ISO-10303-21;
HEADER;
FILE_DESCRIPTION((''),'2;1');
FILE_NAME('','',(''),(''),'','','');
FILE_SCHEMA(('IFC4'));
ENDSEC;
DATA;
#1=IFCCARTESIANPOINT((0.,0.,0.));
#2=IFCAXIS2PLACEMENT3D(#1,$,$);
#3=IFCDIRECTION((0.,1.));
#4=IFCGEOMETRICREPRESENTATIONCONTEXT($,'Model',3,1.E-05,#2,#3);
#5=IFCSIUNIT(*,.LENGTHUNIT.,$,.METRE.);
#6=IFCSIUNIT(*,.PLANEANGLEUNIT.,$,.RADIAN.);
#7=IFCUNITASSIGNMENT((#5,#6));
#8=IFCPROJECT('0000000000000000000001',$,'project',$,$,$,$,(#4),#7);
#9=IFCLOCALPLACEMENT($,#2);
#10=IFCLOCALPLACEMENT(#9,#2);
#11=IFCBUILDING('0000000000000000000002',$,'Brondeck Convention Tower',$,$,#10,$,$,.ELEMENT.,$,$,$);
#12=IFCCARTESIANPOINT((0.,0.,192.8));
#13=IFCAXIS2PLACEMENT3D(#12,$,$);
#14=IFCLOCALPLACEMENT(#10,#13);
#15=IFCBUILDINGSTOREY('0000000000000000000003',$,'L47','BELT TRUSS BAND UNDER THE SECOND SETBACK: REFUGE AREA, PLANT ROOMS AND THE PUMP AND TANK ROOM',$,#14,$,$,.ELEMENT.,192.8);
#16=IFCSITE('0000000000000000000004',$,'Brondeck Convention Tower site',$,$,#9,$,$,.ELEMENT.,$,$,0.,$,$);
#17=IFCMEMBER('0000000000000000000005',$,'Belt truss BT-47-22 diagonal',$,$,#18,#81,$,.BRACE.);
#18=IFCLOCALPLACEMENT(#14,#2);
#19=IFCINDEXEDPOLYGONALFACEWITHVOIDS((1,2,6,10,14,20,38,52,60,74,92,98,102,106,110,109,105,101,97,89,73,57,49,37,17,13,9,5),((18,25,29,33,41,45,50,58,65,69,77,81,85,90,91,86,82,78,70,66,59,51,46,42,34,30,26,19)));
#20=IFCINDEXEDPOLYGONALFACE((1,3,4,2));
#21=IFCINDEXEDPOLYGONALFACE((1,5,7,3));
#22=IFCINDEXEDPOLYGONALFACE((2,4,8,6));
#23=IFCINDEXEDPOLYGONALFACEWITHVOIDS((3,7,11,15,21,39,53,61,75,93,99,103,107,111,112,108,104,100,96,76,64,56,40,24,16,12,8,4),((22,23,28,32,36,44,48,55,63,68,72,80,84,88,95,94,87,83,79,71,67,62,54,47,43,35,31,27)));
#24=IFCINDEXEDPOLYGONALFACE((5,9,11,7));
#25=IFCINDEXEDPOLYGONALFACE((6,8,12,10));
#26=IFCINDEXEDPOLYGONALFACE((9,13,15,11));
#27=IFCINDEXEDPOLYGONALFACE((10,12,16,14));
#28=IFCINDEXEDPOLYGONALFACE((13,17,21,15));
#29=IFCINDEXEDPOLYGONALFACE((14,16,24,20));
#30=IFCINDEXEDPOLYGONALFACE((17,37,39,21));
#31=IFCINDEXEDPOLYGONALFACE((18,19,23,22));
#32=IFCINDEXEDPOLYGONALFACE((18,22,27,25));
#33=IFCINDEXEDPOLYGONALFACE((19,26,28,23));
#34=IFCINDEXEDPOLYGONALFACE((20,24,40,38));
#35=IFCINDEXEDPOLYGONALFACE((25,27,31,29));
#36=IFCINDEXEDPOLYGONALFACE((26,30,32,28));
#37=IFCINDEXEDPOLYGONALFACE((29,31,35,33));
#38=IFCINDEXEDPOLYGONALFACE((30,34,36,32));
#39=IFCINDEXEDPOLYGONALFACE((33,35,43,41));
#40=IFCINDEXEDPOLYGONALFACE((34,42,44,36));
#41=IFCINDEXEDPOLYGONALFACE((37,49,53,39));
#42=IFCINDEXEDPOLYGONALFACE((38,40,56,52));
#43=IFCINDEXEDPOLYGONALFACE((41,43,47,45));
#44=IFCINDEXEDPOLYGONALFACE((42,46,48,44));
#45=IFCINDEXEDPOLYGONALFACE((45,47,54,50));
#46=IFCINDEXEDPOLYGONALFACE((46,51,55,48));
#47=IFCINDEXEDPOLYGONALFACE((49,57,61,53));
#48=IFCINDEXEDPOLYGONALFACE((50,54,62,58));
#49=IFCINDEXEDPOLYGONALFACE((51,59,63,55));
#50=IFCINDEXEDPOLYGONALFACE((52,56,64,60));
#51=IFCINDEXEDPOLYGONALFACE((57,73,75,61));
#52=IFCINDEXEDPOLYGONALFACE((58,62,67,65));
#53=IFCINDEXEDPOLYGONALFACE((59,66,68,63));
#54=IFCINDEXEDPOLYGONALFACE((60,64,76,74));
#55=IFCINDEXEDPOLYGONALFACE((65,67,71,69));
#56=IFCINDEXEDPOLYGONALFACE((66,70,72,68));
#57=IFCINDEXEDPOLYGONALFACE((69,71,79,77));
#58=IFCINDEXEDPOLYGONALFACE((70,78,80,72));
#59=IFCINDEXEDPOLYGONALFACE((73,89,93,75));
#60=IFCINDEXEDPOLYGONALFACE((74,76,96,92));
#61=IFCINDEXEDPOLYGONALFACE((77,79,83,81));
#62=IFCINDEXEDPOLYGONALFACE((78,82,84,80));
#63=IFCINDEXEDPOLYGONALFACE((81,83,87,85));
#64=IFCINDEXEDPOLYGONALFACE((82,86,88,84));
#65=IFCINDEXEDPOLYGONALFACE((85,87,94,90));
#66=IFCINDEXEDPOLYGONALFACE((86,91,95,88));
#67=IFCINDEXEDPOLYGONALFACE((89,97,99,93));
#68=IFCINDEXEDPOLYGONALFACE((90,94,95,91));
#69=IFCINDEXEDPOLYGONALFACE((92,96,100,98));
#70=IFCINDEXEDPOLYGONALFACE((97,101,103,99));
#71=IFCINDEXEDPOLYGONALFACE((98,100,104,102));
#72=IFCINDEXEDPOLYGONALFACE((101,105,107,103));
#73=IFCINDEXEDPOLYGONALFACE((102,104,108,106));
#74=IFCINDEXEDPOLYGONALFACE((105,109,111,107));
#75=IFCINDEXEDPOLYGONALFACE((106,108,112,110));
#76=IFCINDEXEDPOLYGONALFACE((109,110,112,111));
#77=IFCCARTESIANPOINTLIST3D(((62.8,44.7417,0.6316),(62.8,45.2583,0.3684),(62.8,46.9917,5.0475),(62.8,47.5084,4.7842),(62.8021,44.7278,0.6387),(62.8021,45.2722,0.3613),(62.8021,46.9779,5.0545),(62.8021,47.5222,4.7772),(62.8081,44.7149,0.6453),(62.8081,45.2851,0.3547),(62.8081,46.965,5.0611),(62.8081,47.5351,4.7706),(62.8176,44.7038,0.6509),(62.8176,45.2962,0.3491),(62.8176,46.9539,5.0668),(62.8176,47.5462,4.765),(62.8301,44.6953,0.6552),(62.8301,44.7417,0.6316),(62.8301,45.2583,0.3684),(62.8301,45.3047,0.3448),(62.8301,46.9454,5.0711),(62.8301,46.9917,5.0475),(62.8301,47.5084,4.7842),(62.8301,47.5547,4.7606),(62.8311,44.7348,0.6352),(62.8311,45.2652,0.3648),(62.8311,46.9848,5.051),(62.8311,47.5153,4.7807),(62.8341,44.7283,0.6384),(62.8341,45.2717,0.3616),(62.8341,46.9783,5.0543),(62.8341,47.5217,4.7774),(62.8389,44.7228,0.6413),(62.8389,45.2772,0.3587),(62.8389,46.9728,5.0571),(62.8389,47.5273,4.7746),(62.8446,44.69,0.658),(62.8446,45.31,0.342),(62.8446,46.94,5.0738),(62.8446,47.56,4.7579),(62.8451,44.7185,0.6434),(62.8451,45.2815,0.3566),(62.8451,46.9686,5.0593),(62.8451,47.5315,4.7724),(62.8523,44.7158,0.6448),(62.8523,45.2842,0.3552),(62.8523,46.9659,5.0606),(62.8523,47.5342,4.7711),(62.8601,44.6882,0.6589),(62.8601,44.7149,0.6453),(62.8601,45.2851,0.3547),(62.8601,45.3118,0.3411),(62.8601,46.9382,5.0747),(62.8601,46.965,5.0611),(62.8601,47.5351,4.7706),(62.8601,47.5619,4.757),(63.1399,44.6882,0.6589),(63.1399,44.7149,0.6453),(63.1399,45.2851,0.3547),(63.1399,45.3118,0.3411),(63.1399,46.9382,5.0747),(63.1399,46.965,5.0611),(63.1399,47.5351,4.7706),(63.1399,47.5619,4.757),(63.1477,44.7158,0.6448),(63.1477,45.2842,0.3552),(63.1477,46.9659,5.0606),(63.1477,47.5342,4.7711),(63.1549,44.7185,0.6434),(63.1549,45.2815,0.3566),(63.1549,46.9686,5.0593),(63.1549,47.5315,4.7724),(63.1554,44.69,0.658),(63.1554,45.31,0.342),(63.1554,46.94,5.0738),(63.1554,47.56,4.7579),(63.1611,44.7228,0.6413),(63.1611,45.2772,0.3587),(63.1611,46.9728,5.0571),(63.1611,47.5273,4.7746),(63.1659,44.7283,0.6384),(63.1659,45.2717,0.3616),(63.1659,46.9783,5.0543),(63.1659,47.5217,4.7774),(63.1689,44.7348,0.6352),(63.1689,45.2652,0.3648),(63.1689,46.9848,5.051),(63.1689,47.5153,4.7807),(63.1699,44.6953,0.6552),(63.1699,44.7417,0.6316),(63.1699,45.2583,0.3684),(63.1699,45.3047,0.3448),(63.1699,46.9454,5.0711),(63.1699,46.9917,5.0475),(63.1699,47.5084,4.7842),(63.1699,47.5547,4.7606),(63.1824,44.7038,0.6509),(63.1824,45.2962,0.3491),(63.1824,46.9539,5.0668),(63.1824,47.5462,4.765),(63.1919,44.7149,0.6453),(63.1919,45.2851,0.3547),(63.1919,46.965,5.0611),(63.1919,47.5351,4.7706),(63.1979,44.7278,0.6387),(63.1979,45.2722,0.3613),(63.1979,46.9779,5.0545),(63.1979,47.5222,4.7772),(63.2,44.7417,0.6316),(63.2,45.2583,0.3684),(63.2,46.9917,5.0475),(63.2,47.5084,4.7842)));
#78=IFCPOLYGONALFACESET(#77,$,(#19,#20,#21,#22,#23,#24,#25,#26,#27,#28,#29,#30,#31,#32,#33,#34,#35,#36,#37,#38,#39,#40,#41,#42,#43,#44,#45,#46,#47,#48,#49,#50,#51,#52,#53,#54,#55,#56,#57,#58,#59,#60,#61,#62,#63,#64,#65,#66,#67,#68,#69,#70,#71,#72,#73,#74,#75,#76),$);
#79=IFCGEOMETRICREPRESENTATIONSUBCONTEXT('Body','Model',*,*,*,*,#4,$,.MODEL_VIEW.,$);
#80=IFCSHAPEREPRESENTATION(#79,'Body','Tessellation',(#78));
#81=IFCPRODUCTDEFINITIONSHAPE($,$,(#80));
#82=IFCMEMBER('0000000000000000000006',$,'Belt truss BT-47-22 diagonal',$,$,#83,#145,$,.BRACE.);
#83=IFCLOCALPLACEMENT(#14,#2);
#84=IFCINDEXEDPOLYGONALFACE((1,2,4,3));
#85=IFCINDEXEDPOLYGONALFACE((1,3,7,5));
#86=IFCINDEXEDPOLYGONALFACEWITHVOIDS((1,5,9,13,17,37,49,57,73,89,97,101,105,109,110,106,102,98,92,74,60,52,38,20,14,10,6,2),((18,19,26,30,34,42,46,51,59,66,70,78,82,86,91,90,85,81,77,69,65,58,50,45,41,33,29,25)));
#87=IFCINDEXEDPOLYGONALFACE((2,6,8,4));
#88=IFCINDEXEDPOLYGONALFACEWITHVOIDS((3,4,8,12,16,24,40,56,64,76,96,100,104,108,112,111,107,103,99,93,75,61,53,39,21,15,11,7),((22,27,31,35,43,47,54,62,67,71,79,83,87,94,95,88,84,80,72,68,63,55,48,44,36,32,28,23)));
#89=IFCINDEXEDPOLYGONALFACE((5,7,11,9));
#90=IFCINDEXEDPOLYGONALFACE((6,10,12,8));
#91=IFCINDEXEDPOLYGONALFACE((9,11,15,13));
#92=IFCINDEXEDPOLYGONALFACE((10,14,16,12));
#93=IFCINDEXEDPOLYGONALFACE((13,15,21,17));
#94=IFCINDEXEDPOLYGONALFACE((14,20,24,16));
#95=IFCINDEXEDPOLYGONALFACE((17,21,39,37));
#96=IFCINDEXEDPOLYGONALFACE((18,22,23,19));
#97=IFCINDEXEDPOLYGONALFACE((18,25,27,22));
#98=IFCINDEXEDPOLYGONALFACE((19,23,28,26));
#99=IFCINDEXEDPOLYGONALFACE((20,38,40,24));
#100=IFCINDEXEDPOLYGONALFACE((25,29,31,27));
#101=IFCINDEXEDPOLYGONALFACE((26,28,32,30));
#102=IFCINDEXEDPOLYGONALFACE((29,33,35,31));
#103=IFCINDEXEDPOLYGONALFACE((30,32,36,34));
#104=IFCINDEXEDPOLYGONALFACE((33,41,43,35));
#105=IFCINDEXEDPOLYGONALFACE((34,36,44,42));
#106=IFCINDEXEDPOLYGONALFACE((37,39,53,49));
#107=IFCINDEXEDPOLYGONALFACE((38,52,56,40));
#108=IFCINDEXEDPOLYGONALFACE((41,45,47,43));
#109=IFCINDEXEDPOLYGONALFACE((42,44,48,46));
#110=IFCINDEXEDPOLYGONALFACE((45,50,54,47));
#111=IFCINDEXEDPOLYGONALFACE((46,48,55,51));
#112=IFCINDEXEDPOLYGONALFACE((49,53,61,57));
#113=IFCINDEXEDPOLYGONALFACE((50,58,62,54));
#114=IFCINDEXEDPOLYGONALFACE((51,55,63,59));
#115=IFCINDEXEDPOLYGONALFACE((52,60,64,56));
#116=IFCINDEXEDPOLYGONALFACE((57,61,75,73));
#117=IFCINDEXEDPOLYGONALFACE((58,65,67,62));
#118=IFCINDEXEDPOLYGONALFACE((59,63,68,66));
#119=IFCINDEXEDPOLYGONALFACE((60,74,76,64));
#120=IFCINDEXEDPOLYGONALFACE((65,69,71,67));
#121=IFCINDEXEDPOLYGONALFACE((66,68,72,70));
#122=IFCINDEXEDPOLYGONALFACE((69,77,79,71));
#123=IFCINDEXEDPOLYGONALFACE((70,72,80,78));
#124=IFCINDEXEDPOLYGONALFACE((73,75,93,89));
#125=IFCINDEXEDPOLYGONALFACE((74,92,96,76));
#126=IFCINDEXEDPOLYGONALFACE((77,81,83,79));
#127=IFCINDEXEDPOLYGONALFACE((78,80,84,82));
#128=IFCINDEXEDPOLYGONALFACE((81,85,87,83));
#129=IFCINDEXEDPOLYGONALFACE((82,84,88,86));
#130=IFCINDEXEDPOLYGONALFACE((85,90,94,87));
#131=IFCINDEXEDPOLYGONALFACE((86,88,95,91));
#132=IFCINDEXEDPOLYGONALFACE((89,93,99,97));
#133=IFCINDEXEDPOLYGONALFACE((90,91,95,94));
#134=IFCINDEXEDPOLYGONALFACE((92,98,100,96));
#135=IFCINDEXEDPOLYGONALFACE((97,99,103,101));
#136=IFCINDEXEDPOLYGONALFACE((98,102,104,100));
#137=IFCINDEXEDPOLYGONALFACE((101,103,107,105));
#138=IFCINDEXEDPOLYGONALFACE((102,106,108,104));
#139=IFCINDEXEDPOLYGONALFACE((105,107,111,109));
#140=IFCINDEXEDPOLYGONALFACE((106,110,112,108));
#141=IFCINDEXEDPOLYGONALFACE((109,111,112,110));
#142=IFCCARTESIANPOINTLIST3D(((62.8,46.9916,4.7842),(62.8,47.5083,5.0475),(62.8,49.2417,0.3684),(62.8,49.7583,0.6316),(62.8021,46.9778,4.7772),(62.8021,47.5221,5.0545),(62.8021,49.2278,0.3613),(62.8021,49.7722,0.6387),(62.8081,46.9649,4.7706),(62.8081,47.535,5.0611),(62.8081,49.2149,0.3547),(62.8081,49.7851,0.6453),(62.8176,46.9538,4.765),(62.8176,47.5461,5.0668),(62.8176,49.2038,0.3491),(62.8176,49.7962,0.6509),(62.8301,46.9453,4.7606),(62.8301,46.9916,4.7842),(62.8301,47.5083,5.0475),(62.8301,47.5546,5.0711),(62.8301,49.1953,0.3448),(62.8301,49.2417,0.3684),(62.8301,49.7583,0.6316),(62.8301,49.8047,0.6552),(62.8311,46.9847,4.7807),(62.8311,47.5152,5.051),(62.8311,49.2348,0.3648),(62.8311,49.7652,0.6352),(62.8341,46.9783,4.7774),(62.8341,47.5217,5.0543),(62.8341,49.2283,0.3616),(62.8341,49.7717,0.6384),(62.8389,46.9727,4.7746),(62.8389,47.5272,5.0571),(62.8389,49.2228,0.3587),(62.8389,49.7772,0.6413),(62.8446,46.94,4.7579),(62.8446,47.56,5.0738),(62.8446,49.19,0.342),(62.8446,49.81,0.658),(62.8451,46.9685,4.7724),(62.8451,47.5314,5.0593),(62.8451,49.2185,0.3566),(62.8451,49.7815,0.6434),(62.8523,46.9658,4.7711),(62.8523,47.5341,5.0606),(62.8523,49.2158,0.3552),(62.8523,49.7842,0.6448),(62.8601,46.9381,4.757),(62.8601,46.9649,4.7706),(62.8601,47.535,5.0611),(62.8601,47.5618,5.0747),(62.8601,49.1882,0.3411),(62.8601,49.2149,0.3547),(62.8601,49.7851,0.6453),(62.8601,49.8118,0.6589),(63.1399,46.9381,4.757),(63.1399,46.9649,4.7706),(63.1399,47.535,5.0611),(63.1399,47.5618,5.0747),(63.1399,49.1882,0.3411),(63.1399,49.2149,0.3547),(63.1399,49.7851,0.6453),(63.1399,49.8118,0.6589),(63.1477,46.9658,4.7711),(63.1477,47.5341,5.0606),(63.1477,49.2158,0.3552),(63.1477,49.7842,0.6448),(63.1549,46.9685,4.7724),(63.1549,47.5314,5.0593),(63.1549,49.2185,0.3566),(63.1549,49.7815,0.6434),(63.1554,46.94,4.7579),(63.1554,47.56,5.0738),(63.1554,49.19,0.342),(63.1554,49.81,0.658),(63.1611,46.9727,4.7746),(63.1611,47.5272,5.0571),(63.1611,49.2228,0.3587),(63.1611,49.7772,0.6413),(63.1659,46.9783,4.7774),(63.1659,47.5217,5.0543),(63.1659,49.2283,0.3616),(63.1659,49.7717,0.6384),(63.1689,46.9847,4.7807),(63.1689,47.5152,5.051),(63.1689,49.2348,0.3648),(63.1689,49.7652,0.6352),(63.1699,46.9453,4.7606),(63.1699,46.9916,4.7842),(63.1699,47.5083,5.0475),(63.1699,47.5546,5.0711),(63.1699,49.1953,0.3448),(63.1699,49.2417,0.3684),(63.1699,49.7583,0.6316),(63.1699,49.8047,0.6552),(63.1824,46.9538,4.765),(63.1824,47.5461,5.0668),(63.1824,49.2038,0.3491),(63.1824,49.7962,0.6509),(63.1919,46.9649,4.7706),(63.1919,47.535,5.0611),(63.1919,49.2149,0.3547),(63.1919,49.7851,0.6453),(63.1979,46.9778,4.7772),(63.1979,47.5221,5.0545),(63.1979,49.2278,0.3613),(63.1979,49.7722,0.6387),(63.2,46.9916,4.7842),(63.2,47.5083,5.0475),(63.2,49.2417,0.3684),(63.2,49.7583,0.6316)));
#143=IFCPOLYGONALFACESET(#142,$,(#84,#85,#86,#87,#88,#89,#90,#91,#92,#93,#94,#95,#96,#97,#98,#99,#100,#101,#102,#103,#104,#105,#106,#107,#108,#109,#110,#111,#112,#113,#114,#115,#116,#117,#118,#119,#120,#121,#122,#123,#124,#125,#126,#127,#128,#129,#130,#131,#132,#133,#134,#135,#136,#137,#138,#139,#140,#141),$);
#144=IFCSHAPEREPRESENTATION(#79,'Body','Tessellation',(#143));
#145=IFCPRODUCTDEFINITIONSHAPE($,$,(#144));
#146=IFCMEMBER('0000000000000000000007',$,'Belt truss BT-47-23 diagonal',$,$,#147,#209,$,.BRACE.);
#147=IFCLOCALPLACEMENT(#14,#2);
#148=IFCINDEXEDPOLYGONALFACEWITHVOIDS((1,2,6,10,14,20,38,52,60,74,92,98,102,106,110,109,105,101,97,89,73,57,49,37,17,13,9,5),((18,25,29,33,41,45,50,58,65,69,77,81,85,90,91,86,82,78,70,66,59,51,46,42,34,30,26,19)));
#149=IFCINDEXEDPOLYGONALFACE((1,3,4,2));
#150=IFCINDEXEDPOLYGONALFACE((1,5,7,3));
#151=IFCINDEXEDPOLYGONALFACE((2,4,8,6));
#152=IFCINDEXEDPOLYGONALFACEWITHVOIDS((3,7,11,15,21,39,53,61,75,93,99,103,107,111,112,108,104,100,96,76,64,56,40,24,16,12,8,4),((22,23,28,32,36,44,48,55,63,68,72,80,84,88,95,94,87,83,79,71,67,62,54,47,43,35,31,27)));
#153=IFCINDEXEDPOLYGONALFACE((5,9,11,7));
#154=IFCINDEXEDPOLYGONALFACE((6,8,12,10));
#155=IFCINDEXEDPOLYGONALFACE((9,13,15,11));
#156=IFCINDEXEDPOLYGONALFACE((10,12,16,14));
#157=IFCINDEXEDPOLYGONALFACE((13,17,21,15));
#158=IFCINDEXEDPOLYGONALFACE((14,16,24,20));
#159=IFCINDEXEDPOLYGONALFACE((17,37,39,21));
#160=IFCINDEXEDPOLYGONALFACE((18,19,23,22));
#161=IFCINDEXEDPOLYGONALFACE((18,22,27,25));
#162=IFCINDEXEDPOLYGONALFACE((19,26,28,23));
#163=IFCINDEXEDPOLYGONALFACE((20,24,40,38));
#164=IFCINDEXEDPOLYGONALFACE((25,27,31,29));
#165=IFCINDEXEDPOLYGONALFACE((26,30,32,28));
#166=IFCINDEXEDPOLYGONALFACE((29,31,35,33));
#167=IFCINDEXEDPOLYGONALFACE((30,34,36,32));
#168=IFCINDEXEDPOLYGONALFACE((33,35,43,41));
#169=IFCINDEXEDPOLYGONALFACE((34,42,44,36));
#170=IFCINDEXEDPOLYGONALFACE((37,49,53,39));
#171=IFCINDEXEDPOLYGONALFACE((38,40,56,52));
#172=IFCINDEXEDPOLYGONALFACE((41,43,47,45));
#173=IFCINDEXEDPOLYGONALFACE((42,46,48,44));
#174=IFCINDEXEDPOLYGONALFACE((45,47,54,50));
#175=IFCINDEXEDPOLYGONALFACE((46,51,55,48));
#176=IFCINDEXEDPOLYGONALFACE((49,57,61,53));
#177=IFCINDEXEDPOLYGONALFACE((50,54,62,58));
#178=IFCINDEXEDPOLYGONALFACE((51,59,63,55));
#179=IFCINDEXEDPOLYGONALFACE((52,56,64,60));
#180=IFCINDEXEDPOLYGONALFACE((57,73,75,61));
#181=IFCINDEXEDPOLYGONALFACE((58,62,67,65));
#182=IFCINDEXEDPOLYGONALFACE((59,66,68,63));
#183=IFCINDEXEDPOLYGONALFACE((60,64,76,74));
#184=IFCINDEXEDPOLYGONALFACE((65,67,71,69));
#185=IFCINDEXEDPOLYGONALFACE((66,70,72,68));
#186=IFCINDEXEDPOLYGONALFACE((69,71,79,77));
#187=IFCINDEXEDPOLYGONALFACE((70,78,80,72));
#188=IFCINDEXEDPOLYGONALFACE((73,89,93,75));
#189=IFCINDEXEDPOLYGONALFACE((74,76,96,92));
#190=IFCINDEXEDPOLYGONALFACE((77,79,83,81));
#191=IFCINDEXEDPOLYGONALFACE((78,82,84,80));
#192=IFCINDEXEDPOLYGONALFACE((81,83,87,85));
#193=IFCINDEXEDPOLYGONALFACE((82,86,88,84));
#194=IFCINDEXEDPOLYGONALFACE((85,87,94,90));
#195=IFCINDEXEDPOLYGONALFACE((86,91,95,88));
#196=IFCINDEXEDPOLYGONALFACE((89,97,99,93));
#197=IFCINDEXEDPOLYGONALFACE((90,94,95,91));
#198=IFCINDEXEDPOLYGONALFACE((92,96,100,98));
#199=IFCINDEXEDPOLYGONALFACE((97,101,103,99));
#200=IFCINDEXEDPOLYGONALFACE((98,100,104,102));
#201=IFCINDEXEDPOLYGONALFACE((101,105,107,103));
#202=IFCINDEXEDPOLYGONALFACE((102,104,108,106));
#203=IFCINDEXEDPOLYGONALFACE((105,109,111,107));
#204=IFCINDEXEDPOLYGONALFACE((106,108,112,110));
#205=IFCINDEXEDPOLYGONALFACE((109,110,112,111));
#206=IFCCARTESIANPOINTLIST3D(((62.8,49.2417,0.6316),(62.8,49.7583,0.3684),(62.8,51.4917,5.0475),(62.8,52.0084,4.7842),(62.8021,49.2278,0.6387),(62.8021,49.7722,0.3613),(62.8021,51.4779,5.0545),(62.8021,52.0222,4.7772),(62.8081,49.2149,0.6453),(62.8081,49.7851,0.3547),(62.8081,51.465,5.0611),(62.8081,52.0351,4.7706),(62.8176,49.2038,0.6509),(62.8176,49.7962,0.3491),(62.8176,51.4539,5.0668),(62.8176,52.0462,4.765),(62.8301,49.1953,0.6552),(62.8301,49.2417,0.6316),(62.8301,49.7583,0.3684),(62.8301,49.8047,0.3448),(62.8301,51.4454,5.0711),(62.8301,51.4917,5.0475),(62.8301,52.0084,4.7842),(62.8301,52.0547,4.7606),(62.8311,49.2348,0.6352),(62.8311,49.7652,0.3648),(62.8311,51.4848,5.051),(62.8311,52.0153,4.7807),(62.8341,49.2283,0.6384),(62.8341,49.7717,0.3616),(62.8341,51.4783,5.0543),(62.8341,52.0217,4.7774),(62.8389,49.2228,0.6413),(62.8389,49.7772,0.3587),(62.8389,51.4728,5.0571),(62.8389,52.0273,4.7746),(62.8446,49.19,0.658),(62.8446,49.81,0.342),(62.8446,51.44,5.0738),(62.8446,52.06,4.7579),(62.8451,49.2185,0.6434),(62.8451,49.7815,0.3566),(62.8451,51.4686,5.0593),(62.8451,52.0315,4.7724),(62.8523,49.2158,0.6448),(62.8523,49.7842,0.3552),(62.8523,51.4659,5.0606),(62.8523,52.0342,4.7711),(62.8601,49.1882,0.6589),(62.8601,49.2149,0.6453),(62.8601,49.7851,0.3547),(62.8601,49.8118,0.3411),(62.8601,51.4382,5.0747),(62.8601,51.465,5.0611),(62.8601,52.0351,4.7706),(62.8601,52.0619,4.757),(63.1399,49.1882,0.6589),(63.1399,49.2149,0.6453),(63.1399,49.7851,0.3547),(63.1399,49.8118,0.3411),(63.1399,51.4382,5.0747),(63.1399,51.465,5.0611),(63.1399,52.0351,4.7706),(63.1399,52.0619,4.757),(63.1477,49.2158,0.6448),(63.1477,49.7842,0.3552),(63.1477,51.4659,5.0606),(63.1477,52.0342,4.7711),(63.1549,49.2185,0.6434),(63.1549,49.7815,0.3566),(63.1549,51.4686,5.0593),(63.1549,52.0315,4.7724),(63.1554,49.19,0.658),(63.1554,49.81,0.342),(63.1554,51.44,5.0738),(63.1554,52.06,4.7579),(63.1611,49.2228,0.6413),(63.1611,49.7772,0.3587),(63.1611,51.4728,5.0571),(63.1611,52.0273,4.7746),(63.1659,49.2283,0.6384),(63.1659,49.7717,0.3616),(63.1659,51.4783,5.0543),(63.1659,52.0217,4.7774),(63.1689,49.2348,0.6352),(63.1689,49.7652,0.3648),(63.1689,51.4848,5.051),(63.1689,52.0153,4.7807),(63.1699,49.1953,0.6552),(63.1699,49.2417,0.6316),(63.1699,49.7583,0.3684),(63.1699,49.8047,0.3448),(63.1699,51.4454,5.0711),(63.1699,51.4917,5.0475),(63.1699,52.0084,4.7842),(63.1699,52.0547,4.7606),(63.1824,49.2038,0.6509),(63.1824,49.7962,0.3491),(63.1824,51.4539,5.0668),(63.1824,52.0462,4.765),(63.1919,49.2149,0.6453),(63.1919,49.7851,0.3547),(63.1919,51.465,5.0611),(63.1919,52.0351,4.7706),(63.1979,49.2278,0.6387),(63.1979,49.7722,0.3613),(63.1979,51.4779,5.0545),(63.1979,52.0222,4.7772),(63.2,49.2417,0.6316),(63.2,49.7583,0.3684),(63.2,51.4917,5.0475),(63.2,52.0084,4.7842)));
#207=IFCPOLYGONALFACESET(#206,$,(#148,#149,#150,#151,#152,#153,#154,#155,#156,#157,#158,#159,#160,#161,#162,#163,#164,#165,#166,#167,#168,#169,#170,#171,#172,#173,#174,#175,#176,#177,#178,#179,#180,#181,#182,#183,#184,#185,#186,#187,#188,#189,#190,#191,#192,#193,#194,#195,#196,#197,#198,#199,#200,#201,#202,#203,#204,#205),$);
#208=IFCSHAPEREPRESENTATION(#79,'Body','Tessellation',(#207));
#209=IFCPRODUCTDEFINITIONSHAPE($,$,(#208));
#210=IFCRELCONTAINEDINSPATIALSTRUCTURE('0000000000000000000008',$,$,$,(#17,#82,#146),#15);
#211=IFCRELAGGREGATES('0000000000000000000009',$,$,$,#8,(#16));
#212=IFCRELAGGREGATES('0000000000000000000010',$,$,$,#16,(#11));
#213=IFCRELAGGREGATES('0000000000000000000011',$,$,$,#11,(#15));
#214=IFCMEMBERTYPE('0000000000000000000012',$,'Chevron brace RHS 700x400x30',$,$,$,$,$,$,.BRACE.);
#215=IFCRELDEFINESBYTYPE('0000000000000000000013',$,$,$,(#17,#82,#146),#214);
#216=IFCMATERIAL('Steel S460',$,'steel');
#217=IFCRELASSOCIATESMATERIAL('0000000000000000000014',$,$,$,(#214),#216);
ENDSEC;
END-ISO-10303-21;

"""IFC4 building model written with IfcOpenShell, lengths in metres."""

from ifc_helpers import new_model, si_unit, direction, frame, origin, origin_2d, place, context, subcontext, project, spatial, hollow_rectangle, extrude, material, material_profile, profile_set, type_object, element, save


model = new_model("IFC4")

# Units and contexts
model_context = context("Model", 3, precision=1e-05, world=origin(), true_north=direction((0.0, 1.0)))
body_context = subcontext(model_context, "Body", "Model", "MODEL_VIEW")
ifc_project = project(units=[si_unit("LENGTHUNIT", "METRE"), si_unit("PLANEANGLEUNIT", "RADIAN")], contexts=[model_context])

# Site, building, storey
site_placement = place(None, origin())
site = spatial("IfcSite", under=ifc_project, at=site_placement, Name="Brondeck Convention Tower site", CompositionType="ELEMENT", RefElevation=0.0)
building_placement = place(site_placement, origin())
building = spatial("IfcBuilding", under=site, at=building_placement, Name="Brondeck Convention Tower", CompositionType="ELEMENT")
storey_placement = place(building_placement, frame((0.0, 0.0, 192.8)))
storey = spatial("IfcBuildingStorey", under=building, at=storey_placement, Name="L47", Description="BELT TRUSS BAND UNDER THE SECOND SETBACK: REFUGE AREA, PLANT ROOMS AND THE PUMP AND TANK ROOM", CompositionType="ELEMENT", Elevation=192.8)

# Members
ifc_material_1 = material(Name="Steel S460", Category="steel")
ifc_material_profile_1 = material_profile(ifc_material_1, hollow_rectangle(XDim=0.3999, YDim=0.7, WallThickness=0.03, InnerFilletRadius=0.03, OuterFilletRadius=0.0601, at=origin_2d()), Name="RHS 700x400x30")
ifc_profile_set_1 = profile_set([ifc_material_profile_1], Name="Steel S460")
member_type_1 = type_object("IfcMemberType", Name="Chevron brace RHS 700x400x30", PredefinedType="BRACE", material=ifc_profile_set_1)
for number, where, z_axis, x_axis, name in (
    (1, (63.0, 45.0, 0.5), (0.0, 0.453999, 0.891002), (-1.0, 0.0, 0.0), "Belt truss BT-47-22 diagonal"),
    (2, (63.0, 49.5, 0.5), (0.0, -0.453999, 0.891002), (1.0, 0.0, 0.0), "Belt truss BT-47-22 diagonal"),
    (3, (63.0, 49.5, 0.5), (0.0, 0.453999, 0.891002), (-1.0, 0.0, 0.0), "Belt truss BT-47-23 diagonal"),
):
    element("IfcMember", number, at=place(storey_placement, frame(where, z_axis=z_axis, x_axis=x_axis)), inside=storey, type_object=member_type_1, Name=name, PredefinedType="BRACE", context=body_context, shape_type="SweptSolid", body=[
        extrude(hollow_rectangle(XDim=0.3999, YDim=0.7, WallThickness=0.03, InnerFilletRadius=0.03, OuterFilletRadius=0.0601, at=origin_2d()), origin(), (0.0, 0.0, 1.0), 4.9561),
    ])

save(model, "model.ifc")
